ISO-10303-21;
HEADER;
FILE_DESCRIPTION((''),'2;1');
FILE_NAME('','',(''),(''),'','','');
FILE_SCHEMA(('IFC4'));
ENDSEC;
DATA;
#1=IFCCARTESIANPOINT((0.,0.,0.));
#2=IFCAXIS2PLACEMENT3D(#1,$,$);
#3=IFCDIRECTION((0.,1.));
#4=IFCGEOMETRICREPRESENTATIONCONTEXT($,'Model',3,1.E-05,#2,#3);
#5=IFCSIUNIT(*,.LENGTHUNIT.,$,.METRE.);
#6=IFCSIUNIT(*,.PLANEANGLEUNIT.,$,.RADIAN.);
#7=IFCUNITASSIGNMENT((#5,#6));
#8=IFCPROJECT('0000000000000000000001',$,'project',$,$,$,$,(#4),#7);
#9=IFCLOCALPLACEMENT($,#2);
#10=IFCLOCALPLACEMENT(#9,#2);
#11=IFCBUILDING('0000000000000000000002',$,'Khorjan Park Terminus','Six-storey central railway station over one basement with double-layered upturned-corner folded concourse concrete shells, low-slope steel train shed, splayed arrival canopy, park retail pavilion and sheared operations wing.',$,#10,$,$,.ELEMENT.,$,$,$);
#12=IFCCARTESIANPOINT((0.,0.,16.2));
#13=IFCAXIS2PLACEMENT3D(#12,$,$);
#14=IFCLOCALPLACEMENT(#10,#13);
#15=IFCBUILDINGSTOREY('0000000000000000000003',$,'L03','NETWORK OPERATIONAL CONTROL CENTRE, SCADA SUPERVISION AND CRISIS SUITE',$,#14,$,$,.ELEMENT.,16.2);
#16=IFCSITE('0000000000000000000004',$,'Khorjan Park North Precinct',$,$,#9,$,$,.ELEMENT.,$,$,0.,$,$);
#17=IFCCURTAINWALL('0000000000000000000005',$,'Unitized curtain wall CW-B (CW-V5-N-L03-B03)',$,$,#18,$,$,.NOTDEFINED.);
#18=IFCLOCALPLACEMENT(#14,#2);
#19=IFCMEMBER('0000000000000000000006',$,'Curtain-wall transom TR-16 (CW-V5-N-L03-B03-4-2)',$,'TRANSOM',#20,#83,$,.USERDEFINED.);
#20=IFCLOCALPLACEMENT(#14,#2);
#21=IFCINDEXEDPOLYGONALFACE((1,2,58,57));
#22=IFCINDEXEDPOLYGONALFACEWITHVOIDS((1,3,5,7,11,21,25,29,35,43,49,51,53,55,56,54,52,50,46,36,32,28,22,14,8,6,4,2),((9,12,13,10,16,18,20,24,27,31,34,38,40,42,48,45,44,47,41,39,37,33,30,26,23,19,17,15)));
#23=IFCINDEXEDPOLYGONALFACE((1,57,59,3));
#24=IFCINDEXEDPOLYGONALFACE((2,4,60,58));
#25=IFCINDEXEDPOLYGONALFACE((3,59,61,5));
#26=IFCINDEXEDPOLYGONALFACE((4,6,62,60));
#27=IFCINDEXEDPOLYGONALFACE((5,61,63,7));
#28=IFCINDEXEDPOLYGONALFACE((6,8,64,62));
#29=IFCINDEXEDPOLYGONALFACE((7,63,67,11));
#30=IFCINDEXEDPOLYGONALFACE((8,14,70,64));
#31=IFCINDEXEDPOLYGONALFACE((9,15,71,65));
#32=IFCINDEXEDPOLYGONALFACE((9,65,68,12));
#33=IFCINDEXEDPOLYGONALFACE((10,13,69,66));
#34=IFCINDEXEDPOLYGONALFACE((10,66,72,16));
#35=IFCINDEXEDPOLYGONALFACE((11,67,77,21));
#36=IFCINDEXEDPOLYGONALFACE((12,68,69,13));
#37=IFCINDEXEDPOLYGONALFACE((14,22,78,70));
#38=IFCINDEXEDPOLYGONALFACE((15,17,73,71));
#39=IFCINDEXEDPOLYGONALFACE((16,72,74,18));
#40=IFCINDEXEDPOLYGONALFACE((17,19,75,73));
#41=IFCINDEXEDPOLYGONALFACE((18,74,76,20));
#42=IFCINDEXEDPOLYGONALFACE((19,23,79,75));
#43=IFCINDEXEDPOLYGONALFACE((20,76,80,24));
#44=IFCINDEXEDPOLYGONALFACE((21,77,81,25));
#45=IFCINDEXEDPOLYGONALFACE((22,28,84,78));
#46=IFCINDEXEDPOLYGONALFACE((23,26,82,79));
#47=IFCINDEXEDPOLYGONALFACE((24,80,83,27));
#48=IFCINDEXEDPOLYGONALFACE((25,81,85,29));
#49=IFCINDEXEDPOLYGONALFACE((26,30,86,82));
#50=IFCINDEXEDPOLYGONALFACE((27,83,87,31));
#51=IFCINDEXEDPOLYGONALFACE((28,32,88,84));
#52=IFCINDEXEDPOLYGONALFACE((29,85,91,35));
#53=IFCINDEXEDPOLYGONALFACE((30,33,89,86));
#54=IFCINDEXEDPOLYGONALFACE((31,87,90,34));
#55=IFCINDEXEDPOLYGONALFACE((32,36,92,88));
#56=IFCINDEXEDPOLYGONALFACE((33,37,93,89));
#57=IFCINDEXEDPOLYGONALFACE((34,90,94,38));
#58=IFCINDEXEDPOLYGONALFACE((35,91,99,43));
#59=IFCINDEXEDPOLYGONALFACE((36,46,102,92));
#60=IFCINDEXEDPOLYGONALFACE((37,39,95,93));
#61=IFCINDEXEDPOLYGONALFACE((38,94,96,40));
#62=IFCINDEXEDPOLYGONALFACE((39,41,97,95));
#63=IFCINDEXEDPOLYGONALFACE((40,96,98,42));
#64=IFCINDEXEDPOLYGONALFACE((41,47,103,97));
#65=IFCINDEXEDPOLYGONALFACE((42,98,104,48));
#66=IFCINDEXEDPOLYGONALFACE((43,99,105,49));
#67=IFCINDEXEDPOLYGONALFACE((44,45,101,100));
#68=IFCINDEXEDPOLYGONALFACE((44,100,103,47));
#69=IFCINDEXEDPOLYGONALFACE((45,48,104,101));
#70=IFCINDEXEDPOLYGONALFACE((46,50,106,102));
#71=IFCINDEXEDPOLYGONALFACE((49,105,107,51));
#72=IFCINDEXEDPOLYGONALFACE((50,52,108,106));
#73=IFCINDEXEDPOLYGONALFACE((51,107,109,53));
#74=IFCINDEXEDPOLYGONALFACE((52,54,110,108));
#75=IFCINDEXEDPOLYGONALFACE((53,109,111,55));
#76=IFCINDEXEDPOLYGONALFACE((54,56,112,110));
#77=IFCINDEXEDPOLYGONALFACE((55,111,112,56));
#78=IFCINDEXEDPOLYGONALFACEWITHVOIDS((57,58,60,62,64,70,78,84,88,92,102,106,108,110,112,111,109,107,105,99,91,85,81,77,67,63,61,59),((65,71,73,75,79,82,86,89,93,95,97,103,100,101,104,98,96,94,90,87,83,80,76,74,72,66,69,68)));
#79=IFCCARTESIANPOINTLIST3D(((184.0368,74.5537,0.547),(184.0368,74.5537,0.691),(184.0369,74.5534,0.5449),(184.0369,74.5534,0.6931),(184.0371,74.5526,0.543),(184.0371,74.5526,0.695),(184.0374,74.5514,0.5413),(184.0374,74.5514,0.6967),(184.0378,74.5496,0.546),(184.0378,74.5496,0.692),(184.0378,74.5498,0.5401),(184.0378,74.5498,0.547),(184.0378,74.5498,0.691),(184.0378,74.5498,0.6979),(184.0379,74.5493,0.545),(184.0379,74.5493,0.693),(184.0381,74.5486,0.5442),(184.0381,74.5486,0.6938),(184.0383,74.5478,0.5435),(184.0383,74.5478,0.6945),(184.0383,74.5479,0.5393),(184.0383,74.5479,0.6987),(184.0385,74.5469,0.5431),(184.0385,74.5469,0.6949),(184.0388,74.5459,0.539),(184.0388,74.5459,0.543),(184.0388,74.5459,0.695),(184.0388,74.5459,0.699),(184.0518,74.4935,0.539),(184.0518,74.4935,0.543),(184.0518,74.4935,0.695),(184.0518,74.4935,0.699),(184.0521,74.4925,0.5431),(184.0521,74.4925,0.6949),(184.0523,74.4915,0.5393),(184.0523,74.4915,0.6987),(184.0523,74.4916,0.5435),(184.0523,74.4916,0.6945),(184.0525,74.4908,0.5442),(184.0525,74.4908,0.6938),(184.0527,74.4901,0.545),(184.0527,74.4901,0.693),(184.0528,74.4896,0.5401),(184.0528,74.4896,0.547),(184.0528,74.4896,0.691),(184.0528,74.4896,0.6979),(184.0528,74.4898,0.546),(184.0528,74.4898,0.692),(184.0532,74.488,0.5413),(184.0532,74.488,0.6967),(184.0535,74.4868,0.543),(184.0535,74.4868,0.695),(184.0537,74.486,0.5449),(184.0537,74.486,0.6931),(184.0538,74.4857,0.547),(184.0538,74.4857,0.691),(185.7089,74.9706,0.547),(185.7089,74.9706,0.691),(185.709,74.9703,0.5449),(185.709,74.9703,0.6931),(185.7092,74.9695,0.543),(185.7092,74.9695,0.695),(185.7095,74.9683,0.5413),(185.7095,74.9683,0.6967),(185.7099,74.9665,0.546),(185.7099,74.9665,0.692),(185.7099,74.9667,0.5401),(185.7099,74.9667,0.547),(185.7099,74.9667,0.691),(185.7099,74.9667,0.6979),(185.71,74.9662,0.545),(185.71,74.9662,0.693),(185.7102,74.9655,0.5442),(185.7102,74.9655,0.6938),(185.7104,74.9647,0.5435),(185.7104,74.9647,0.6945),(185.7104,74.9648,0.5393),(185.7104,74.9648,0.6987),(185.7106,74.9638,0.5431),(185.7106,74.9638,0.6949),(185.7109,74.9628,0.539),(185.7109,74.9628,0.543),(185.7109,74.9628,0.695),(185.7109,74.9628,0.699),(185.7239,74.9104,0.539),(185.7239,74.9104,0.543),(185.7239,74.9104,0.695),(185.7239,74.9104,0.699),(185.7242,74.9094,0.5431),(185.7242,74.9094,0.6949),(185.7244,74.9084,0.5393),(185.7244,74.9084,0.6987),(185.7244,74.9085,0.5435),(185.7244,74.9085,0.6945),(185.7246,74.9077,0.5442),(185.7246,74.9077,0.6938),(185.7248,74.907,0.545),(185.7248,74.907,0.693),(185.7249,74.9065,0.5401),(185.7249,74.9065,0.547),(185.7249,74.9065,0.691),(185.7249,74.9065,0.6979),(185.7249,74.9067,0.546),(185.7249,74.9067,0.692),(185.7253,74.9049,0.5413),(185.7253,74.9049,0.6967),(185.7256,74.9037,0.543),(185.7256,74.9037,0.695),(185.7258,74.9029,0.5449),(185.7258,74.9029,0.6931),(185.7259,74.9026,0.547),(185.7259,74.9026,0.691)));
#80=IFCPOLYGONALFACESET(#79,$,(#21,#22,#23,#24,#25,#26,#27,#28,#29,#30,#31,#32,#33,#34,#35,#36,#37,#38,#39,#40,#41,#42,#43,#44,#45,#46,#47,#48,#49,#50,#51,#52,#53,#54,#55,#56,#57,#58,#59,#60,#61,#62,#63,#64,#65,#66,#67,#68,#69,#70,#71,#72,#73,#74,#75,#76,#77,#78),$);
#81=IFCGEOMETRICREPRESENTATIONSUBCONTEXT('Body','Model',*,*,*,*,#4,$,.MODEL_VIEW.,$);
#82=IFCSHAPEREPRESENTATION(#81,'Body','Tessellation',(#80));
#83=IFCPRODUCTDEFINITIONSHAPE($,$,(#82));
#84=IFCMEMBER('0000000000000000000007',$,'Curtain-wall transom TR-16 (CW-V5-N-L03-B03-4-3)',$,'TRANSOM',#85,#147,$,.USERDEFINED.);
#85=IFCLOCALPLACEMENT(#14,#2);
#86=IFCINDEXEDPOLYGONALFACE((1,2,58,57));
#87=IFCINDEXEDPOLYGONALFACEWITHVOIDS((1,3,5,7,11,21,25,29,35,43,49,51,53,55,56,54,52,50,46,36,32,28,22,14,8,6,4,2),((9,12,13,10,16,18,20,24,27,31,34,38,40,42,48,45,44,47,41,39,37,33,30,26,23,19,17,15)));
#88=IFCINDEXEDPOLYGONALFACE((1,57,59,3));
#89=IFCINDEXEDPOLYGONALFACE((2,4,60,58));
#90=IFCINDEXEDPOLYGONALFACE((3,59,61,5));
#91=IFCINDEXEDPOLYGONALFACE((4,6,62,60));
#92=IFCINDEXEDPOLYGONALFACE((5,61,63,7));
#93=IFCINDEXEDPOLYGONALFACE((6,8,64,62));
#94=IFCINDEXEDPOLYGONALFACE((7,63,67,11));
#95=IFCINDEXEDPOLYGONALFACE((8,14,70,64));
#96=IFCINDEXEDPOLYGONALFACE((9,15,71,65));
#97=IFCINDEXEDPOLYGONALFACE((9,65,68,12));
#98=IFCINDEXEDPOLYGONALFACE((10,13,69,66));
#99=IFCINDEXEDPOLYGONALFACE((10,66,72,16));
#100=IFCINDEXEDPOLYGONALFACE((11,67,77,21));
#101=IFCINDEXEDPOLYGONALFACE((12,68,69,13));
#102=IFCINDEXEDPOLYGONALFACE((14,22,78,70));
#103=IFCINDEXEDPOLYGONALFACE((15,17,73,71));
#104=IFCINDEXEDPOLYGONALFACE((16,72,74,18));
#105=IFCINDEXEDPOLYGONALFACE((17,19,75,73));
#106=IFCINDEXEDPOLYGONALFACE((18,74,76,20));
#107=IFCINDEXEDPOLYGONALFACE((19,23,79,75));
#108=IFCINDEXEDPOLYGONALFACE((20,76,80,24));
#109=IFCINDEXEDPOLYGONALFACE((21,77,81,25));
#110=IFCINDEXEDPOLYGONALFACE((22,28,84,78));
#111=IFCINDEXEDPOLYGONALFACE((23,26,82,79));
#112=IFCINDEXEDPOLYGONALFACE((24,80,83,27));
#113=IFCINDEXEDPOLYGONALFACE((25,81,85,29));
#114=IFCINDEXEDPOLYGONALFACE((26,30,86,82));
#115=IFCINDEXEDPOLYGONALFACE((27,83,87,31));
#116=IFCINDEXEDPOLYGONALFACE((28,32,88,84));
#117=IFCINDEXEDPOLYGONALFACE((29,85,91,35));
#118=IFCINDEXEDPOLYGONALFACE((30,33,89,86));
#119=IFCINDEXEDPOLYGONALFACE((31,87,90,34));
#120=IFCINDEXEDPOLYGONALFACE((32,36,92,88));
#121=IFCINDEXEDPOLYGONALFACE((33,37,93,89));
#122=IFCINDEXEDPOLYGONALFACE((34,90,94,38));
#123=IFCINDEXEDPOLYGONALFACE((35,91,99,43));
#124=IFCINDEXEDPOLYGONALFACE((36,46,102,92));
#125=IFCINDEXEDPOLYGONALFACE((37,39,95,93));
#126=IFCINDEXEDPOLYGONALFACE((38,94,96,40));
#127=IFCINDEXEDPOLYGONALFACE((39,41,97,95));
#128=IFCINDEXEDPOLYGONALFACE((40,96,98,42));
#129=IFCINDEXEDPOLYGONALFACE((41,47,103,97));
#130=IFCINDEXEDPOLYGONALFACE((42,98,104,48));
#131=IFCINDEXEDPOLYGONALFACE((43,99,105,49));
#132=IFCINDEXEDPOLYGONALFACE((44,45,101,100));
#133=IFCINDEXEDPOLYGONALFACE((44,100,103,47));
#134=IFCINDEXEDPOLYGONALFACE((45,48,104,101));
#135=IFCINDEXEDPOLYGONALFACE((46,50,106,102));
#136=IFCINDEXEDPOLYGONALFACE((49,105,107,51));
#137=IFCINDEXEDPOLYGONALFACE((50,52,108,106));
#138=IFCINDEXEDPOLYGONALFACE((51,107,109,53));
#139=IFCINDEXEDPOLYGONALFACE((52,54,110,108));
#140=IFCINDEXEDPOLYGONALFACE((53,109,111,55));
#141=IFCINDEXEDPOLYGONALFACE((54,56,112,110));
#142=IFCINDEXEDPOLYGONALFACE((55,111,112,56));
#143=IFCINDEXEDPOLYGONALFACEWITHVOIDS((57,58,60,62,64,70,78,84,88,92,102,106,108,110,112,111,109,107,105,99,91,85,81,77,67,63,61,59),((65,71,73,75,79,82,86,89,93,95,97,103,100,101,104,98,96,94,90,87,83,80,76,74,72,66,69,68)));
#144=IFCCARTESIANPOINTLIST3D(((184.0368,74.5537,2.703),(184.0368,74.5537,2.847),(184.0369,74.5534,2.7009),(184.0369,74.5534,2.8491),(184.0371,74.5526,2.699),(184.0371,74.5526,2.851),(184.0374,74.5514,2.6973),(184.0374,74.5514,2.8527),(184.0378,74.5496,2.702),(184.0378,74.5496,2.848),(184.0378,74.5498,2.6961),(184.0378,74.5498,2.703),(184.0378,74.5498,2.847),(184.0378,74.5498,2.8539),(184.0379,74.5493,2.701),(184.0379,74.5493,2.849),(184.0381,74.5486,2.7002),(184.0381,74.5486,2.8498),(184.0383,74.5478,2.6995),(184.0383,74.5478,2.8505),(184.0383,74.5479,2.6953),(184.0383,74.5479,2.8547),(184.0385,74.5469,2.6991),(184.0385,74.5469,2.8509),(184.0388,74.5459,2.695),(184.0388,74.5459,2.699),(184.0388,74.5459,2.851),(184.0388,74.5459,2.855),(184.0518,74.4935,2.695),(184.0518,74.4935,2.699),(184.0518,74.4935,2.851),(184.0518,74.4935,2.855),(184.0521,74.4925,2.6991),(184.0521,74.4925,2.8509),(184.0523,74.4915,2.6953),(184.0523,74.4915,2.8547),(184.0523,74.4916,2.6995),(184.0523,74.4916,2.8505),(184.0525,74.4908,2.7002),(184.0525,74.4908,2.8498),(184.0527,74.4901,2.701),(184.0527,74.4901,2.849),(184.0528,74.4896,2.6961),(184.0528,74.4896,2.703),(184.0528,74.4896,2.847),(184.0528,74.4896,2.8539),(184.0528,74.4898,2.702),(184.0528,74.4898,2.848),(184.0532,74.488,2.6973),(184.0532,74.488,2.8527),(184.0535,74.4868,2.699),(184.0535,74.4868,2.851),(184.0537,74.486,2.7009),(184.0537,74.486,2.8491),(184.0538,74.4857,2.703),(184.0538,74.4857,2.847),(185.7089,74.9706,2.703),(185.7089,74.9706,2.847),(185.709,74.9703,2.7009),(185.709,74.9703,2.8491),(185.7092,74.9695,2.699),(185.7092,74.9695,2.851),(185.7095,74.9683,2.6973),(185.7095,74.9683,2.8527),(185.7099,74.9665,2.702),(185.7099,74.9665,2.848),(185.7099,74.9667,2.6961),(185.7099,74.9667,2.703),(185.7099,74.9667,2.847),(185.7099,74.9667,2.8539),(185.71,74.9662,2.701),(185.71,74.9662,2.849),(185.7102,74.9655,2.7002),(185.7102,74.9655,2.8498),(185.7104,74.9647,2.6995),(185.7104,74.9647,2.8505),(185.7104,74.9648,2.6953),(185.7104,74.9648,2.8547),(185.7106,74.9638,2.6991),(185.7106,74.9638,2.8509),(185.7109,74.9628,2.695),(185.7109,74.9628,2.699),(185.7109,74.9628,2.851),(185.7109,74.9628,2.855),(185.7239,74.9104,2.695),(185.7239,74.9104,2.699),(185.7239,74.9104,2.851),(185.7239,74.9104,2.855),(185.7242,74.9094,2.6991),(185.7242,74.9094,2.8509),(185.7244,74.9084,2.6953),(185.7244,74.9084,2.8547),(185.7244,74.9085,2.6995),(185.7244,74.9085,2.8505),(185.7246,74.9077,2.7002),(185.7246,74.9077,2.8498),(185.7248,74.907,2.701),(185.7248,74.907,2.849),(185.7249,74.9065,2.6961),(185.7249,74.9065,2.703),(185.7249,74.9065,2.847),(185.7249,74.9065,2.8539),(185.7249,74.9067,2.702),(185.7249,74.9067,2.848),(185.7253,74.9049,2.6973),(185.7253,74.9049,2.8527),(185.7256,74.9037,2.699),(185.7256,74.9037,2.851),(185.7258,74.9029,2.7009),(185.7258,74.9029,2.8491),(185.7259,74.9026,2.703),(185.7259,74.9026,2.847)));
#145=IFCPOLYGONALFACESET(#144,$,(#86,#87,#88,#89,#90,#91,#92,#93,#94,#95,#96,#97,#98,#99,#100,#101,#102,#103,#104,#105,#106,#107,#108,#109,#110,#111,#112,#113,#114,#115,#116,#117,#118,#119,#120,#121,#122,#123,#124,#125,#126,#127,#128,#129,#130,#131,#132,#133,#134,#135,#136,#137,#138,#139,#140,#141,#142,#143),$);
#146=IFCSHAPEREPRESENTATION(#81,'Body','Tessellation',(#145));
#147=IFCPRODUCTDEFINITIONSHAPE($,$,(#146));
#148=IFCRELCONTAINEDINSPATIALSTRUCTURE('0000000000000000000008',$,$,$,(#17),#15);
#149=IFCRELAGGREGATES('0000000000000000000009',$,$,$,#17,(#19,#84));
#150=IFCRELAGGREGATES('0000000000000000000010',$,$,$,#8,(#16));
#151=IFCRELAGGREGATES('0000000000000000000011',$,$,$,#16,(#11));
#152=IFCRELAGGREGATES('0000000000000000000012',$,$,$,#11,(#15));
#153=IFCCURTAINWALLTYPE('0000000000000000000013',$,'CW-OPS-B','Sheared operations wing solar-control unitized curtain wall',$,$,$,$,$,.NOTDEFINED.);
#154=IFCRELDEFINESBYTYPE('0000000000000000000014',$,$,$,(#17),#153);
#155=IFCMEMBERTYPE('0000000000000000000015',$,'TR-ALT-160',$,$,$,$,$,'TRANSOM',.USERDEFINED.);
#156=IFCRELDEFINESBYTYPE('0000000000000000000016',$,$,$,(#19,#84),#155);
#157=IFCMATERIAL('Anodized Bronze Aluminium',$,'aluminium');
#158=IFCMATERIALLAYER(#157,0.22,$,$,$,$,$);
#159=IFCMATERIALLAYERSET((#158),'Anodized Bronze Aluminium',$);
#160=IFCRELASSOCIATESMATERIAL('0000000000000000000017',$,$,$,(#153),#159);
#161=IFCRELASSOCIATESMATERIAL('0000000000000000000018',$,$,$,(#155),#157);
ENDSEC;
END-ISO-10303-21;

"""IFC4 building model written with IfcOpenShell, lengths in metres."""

from ifc_helpers import new_model, si_unit, direction, frame, origin, origin_2d, place, context, subcontext, project, spatial, hollow_rectangle, extrude, material, layer, layer_set, material_profile, profile_set, type_object, element, aggregate, save


model = new_model("IFC4")

# Units and contexts
model_context = context("Model", 3, precision=1e-05, world=origin(), true_north=direction((0.0, 1.0)))
body_context = subcontext(model_context, "Body", "Model", "MODEL_VIEW")
ifc_project = project(units=[si_unit("LENGTHUNIT", "METRE"), si_unit("PLANEANGLEUNIT", "RADIAN")], contexts=[model_context])

# Site, building, storey
site_placement = place(None, origin())
site = spatial("IfcSite", under=ifc_project, at=site_placement, Name="Khorjan Park North Precinct", CompositionType="ELEMENT", RefElevation=0.0)
building_placement = place(site_placement, origin())
building = spatial("IfcBuilding", under=site, at=building_placement, Name="Khorjan Park Terminus", Description="Six-storey central railway station over one basement with double-layered upturned-corner folded concourse concrete shells, low-slope steel train shed, splayed arrival canopy, park retail pavilion and sheared operations wing.", CompositionType="ELEMENT")
storey_placement = place(building_placement, frame((0.0, 0.0, 16.2)))
storey = spatial("IfcBuildingStorey", under=building, at=storey_placement, Name="L03", Description="NETWORK OPERATIONAL CONTROL CENTRE, SCADA SUPERVISION AND CRISIS SUITE", CompositionType="ELEMENT", Elevation=16.2)

# Curtain wall
ifc_material_1 = material(Name="Anodized Bronze Aluminium", Category="aluminium")
ifc_layer_1 = layer(ifc_material_1, 0.22)
ifc_layer_set_1 = layer_set([ifc_layer_1], Name="Anodized Bronze Aluminium")
curtain_wall_type = type_object("IfcCurtainWallType", Name="CW-OPS-B", Description="Sheared operations wing solar-control unitized curtain wall", PredefinedType="NOTDEFINED", material=ifc_layer_set_1)
curtain_wall_1_placement = place(storey_placement, origin())
curtain_wall_1 = element("IfcCurtainWall", 1, at=curtain_wall_1_placement, inside=storey, type_object=curtain_wall_type, Name="Unitized curtain wall CW-B (CW-V5-N-L03-B03)", PredefinedType="NOTDEFINED")

# Members
ifc_material_profile_1 = material_profile(ifc_material_1, hollow_rectangle(XDim=0.07, YDim=0.16, WallThickness=0.004, InnerFilletRadius=0.004, OuterFilletRadius=0.008, at=origin_2d()), Name="ALT 70x160x4")
ifc_profile_set_1 = profile_set([ifc_material_profile_1], Name="Anodized Bronze Aluminium")
member_type_1 = type_object("IfcMemberType", Name="TR-ALT-160", ElementType="TRANSOM", PredefinedType="USERDEFINED", material=ifc_profile_set_1)
member_1_placement = place(storey_placement, frame((185.7174, 74.9366, 0.619), z_axis=(-0.970296, -0.241921, 0.0), x_axis=(0.241921, -0.970296, 0.0)))
member_1 = element("IfcMember", 2, at=member_1_placement, type_object=member_type_1, Name="Curtain-wall transom TR-16 (CW-V5-N-L03-B03-4-2)", ObjectType="TRANSOM", PredefinedType="USERDEFINED", context=body_context, shape_type="SweptSolid", body=[
    extrude(hollow_rectangle(XDim=0.07, YDim=0.16, WallThickness=0.004, InnerFilletRadius=0.004, OuterFilletRadius=0.008, at=origin_2d()), origin(), (0.0, 0.0, 1.0), 1.7233),
])
member_2_placement = place(storey_placement, frame((185.7174, 74.9366, 2.775), z_axis=(-0.970296, -0.241921, 0.0), x_axis=(0.241921, -0.970296, 0.0)))
member_2 = element("IfcMember", 3, at=member_2_placement, type_object=member_type_1, Name="Curtain-wall transom TR-16 (CW-V5-N-L03-B03-4-3)", ObjectType="TRANSOM", PredefinedType="USERDEFINED", context=body_context, shape_type="SweptSolid", body=[
    extrude(hollow_rectangle(XDim=0.07, YDim=0.16, WallThickness=0.004, InnerFilletRadius=0.004, OuterFilletRadius=0.008, at=origin_2d()), origin(), (0.0, 0.0, 1.0), 1.7233),
])

aggregate(curtain_wall_1, [member_1, member_2])

save(model, "model.ifc")
